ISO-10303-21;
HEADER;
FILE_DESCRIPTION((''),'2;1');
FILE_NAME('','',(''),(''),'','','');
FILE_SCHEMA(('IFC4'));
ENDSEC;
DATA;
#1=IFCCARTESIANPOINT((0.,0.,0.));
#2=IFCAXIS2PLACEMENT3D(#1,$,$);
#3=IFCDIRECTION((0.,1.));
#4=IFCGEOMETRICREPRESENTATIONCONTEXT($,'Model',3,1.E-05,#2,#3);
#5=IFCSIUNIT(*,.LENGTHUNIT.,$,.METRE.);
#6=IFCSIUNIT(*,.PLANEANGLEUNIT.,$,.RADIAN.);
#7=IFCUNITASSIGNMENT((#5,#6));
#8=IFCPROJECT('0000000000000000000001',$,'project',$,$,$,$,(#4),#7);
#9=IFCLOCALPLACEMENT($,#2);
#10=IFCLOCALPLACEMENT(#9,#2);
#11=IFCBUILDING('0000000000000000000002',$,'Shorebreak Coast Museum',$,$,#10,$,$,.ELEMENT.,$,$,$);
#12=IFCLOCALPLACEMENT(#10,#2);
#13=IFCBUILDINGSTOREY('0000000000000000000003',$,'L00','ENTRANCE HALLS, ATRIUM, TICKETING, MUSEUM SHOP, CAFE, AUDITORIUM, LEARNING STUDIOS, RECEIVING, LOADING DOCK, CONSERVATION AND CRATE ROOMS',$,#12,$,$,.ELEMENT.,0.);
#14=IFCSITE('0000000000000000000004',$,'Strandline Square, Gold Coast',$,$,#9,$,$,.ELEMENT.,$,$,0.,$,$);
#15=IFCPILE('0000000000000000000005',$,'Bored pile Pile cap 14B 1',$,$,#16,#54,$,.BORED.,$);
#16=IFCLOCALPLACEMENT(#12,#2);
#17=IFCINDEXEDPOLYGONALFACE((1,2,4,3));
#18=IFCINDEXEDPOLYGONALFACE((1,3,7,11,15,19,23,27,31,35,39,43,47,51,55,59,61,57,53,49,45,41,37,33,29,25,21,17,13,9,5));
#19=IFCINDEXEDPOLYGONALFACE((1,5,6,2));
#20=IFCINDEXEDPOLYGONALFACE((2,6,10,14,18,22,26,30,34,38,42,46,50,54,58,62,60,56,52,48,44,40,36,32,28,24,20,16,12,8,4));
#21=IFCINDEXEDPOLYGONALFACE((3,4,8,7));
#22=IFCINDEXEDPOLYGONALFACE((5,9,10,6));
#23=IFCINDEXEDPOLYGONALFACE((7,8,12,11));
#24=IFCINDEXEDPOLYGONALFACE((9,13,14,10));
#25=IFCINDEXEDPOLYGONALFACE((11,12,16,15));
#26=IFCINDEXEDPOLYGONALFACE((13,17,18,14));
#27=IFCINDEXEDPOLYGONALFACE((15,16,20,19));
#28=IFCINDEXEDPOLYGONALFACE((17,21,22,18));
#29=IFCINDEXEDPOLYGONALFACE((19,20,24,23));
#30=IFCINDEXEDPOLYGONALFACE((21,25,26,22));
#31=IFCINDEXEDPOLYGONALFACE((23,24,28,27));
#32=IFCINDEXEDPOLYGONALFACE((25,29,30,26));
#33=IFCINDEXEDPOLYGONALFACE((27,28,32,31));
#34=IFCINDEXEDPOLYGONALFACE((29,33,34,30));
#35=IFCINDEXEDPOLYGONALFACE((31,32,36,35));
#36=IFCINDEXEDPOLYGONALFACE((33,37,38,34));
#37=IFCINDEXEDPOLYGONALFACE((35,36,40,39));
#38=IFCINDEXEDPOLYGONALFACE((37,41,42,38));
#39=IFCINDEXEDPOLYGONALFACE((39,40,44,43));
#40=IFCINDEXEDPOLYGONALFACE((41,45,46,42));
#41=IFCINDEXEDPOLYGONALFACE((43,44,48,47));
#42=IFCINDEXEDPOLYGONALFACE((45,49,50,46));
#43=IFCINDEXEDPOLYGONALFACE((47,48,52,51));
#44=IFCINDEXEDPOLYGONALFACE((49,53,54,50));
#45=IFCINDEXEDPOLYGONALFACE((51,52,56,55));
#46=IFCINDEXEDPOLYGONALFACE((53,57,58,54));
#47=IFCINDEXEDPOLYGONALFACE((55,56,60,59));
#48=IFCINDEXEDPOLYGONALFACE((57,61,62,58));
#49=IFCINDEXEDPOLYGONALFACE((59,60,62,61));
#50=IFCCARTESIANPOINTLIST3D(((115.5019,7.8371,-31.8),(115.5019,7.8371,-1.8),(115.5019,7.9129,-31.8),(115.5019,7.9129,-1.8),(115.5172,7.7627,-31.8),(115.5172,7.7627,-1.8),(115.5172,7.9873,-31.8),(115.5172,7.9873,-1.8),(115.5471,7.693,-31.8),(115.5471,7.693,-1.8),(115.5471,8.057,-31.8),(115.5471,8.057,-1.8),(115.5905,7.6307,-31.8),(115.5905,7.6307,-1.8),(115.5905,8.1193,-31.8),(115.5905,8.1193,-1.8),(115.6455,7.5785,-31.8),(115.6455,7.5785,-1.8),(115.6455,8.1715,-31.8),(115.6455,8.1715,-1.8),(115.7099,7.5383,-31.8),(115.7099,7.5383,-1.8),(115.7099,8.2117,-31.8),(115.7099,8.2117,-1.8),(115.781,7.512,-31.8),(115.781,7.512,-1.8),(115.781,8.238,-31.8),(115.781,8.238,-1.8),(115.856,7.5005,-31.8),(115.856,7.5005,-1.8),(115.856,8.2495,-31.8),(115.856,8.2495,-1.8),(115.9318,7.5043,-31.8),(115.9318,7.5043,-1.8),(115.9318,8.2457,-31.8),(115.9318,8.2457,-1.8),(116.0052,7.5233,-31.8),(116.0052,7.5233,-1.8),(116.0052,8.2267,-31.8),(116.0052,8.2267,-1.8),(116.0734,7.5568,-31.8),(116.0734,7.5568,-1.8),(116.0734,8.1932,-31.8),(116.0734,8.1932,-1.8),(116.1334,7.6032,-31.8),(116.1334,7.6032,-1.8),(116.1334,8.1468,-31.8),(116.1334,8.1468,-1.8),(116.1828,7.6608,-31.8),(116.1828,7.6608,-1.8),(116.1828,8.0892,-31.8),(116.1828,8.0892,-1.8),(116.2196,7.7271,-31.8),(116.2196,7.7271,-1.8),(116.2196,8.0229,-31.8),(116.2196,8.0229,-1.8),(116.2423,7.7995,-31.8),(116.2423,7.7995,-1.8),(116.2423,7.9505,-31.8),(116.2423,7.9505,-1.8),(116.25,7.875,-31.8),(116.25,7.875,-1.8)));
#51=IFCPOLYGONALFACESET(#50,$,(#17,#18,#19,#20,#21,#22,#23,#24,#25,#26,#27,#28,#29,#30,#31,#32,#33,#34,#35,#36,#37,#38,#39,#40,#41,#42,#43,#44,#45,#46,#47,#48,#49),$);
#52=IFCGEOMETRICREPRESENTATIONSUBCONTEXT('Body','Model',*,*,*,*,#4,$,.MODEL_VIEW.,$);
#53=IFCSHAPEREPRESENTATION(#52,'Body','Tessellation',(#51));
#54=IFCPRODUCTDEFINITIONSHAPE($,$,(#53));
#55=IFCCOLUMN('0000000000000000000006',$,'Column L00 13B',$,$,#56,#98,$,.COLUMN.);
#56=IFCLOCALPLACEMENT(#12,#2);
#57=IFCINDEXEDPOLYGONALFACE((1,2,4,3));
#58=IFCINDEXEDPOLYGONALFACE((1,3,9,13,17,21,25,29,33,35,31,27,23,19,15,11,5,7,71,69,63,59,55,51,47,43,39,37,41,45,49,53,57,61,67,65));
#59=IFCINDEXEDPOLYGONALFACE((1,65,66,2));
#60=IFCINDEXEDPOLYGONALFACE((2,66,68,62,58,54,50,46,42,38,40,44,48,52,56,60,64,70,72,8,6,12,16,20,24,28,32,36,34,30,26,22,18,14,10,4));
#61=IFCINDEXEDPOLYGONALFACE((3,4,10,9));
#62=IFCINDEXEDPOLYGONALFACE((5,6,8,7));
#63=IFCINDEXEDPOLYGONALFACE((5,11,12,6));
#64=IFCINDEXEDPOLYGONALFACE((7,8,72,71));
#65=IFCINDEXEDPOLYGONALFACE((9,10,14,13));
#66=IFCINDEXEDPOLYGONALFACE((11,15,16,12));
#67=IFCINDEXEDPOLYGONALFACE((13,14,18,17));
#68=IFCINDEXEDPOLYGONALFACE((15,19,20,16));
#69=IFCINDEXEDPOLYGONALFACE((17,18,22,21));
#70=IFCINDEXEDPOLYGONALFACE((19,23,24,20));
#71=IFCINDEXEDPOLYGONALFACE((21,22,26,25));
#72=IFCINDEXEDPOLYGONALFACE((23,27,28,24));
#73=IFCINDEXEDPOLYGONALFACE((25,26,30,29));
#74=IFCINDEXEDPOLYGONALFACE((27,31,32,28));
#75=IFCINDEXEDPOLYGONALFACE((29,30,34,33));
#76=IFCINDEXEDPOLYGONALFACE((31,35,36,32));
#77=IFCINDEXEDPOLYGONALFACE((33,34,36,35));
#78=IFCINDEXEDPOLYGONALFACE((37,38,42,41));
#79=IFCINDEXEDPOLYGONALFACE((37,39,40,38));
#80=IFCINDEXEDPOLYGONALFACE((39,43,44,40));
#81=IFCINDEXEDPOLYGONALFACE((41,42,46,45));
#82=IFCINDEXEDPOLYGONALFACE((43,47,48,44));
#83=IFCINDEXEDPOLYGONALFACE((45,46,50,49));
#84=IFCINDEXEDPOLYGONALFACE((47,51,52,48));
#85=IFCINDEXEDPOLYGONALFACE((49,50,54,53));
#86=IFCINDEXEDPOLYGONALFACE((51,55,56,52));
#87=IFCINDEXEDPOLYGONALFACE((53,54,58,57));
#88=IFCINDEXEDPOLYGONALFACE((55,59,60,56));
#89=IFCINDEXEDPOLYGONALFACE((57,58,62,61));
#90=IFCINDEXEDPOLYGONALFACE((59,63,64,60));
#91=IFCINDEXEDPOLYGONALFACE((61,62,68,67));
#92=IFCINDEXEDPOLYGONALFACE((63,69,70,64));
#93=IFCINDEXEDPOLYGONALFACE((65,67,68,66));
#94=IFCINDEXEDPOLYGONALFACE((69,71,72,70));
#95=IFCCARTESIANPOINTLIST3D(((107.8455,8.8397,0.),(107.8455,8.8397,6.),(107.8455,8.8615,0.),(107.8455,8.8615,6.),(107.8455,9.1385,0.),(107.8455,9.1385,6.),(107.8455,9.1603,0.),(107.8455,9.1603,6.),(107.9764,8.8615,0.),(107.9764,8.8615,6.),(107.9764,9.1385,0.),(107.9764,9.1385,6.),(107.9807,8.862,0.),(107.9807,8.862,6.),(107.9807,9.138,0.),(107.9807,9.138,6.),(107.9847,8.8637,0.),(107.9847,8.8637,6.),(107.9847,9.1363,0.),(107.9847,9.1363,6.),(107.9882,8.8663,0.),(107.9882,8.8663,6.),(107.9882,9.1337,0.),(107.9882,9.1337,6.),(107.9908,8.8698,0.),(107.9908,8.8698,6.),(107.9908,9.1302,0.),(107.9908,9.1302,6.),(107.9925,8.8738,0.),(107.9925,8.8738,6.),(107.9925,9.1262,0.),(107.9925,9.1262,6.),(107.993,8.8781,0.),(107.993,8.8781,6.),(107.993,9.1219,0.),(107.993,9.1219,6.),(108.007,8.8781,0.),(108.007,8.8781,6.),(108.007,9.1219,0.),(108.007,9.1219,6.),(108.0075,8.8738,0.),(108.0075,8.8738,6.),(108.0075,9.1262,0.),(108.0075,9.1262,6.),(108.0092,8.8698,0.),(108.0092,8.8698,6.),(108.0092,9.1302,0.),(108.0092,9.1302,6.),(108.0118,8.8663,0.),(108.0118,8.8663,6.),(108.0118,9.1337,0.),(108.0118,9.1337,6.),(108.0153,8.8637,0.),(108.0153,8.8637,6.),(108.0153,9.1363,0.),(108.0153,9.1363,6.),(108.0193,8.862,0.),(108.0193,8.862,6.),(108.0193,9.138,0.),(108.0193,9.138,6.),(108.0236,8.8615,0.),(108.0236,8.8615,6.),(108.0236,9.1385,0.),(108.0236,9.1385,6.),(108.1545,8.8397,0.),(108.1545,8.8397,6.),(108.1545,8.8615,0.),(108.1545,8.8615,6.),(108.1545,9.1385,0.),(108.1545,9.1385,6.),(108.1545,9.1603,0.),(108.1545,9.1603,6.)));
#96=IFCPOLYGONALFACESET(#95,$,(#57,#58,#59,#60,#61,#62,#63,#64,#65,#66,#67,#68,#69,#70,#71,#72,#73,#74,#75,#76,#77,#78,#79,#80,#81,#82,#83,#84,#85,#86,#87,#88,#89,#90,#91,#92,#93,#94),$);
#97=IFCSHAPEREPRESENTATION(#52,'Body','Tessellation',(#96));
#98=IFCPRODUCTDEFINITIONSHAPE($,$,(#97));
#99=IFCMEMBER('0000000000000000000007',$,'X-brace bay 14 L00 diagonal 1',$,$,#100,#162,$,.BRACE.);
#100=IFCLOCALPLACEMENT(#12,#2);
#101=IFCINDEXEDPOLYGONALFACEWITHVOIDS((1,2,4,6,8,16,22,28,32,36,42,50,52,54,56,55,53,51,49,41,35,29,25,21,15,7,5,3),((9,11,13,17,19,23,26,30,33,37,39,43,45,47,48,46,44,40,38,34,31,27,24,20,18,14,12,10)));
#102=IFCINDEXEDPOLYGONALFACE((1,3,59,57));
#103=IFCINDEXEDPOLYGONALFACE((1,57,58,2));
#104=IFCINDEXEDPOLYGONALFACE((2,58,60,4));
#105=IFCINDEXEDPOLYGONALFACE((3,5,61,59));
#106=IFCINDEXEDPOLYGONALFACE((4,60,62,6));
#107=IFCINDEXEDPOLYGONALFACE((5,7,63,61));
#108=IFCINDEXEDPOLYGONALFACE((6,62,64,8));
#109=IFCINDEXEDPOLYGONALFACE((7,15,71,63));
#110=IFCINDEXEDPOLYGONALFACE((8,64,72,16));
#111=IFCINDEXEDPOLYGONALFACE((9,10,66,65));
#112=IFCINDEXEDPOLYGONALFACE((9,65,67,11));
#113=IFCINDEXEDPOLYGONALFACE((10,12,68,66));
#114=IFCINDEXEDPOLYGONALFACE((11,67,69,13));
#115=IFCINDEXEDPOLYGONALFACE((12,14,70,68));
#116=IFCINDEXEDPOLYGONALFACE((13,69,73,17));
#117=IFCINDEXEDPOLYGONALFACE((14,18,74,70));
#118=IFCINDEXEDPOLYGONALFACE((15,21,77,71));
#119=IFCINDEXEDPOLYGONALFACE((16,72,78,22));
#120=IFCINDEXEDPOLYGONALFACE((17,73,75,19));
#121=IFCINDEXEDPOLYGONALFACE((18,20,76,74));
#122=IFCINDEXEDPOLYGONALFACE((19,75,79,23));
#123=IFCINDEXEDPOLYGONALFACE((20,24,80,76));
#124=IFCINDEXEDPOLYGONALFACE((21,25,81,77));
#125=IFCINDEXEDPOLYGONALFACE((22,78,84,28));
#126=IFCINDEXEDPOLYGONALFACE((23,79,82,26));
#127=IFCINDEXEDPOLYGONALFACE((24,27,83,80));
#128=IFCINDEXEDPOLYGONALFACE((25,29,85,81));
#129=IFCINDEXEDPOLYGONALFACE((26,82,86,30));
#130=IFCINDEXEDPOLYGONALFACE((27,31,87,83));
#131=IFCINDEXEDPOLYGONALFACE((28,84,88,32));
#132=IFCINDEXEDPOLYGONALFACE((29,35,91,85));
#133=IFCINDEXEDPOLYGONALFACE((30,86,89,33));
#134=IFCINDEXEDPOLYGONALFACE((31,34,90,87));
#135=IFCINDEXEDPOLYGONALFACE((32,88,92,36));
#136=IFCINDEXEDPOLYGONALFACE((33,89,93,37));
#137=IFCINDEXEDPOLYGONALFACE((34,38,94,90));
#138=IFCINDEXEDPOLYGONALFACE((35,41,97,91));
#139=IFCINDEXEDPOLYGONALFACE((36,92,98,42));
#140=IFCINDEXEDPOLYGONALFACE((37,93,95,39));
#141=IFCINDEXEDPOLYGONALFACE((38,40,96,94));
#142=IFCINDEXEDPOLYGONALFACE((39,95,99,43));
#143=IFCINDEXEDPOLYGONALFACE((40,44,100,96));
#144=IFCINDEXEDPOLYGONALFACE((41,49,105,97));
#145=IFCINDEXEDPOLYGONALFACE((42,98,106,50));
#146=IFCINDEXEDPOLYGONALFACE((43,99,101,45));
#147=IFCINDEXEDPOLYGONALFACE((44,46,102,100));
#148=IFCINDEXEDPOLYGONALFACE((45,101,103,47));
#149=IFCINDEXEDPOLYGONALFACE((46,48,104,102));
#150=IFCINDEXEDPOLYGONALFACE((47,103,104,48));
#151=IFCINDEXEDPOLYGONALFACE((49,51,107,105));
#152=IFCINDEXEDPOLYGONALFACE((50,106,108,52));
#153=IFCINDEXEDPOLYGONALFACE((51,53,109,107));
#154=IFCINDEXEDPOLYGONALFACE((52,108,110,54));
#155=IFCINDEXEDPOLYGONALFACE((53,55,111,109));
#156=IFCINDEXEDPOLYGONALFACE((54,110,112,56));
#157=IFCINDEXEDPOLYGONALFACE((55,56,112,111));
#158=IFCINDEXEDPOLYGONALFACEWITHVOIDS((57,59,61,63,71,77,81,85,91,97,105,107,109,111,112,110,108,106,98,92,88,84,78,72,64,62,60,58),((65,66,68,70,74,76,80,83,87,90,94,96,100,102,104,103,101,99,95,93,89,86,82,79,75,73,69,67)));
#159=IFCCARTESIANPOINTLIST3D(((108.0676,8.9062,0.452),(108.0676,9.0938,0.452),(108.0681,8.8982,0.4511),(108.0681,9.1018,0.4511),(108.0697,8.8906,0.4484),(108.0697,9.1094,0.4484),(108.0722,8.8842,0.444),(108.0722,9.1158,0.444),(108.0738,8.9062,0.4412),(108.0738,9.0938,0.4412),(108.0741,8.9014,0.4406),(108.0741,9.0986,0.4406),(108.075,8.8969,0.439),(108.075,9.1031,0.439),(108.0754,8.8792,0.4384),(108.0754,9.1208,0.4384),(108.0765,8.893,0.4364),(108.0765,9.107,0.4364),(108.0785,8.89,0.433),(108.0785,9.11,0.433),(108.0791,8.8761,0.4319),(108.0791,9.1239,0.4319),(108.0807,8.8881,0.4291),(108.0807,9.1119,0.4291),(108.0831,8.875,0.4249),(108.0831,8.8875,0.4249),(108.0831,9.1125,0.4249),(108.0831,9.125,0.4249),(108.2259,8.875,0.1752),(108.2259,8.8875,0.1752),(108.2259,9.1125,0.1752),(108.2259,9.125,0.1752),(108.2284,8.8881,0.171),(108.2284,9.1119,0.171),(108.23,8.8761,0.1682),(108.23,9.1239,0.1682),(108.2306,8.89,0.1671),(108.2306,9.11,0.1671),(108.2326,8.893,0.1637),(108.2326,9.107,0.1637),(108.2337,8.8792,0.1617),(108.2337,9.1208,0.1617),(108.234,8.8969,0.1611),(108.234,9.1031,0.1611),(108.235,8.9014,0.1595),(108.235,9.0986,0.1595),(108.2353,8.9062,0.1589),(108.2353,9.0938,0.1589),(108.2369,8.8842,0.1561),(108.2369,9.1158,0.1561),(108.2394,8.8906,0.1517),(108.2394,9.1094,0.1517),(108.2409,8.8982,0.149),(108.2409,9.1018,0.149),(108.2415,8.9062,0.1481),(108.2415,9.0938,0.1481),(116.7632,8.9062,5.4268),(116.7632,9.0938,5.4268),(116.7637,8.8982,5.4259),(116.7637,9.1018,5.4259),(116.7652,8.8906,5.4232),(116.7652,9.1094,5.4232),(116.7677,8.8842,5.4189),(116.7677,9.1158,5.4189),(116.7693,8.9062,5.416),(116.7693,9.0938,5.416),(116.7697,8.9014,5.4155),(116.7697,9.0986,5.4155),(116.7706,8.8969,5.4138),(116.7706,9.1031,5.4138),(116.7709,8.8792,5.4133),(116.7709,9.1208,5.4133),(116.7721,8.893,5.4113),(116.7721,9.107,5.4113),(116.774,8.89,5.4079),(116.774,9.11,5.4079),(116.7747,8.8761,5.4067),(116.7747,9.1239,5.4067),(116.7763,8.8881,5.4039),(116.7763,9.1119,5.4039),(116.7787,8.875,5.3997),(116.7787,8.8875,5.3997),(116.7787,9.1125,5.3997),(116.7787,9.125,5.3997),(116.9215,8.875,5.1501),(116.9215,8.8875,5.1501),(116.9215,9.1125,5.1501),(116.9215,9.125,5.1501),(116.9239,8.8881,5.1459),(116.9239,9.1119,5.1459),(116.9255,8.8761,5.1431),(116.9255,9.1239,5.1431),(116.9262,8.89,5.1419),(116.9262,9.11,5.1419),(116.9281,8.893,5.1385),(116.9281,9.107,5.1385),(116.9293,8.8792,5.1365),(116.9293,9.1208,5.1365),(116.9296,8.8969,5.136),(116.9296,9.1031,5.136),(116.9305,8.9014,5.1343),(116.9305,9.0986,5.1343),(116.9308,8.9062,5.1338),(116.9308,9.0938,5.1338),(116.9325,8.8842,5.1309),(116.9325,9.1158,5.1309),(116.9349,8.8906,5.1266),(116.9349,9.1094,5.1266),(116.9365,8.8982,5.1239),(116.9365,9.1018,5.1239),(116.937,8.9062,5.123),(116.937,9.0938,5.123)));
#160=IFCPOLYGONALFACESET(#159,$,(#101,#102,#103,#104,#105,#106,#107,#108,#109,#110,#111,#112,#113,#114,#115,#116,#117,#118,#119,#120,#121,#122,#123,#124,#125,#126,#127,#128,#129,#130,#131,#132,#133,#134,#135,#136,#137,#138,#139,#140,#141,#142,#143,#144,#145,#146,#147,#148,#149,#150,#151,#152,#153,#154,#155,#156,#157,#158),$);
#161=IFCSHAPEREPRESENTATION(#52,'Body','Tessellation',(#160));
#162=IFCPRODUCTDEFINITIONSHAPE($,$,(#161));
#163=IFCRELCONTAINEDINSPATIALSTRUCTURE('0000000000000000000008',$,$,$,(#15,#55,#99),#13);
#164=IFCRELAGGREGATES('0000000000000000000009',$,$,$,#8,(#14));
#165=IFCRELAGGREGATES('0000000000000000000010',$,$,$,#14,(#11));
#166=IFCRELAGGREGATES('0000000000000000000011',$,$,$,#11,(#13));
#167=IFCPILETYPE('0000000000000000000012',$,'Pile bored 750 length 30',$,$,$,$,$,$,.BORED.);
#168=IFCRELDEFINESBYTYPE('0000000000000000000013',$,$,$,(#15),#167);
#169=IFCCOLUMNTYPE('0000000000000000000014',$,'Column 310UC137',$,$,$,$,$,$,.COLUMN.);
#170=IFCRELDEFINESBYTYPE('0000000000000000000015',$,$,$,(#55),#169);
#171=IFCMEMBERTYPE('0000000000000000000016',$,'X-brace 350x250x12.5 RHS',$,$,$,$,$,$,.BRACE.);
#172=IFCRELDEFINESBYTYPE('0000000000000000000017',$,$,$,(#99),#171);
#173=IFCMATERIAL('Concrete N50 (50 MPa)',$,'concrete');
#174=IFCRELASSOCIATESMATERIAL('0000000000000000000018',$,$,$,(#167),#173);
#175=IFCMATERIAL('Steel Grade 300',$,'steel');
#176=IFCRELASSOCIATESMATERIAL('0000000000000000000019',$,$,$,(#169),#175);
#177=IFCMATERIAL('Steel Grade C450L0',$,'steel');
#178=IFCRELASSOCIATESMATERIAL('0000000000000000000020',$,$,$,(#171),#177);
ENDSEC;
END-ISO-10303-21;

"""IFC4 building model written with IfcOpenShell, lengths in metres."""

from ifc_helpers import new_model, si_unit, direction, frame, origin, origin_2d, place, context, subcontext, project, spatial, hollow_rectangle, circle, i_section, extrude, material, material_profile, profile_set, type_object, element, save


model = new_model("IFC4")

# Units and contexts
model_context = context("Model", 3, precision=1e-05, world=origin(), true_north=direction((0.0, 1.0)))
body_context = subcontext(model_context, "Body", "Model", "MODEL_VIEW")
ifc_project = project(units=[si_unit("LENGTHUNIT", "METRE"), si_unit("PLANEANGLEUNIT", "RADIAN")], contexts=[model_context])

# Site, building, storey
site_placement = place(None, origin())
site = spatial("IfcSite", under=ifc_project, at=site_placement, Name="Strandline Square, Gold Coast", CompositionType="ELEMENT", RefElevation=0.0)
building_placement = place(site_placement, origin())
building = spatial("IfcBuilding", under=site, at=building_placement, Name="Shorebreak Coast Museum", CompositionType="ELEMENT")
storey_placement = place(building_placement, origin())
storey = spatial("IfcBuildingStorey", under=building, at=storey_placement, Name="L00", Description="ENTRANCE HALLS, ATRIUM, TICKETING, MUSEUM SHOP, CAFE, AUDITORIUM, LEARNING STUDIOS, RECEIVING, LOADING DOCK, CONSERVATION AND CRATE ROOMS", CompositionType="ELEMENT", Elevation=0.0)

# Pile
ifc_material_1 = material(Name="Concrete N50 (50 MPa)", Category="concrete")
ifc_material_profile_1 = material_profile(ifc_material_1, circle(Radius=0.375, at=origin_2d()), Name="Pile bored 750 length 30")
ifc_profile_set_1 = profile_set([ifc_material_profile_1], Name="Concrete N50 (50 MPa)")
pile_type_1 = type_object("IfcPileType", Name="Pile bored 750 length 30", PredefinedType="BORED", material=ifc_profile_set_1)
for number, where, z_axis, x_axis, name in (
    (1, (115.875, 7.875, -1.8), (0.0, 0.0, -1.0), (1.0, 0.0, 0.0), "Bored pile Pile cap 14B 1"),
):
    element("IfcPile", number, at=place(storey_placement, frame(where, z_axis=z_axis, x_axis=x_axis)), inside=storey, type_object=pile_type_1, Name=name, PredefinedType="BORED", context=body_context, shape_type="SweptSolid", body=[
        extrude(circle(Radius=0.375, at=origin_2d()), origin(), (0.0, 0.0, 1.0), 30.0),
    ])

# Column
ifc_material_2 = material(Name="Steel Grade 300", Category="steel")
ifc_material_profile_2 = material_profile(ifc_material_2, i_section(OverallWidth=0.3091, OverallDepth=0.3206, WebThickness=0.0139, FlangeThickness=0.0217, FilletRadius=0.0166, at=origin_2d()), Name="310UC137")
ifc_profile_set_2 = profile_set([ifc_material_profile_2], Name="Steel Grade 300")
column_type = type_object("IfcColumnType", Name="Column 310UC137", PredefinedType="COLUMN", material=ifc_profile_set_2)
column_placement = place(storey_placement, frame((108.0, 9.0, 0.0), z_axis=(0.0, 0.0, 1.0), x_axis=(1.0, 0.0, 0.0)))
element("IfcColumn", 2, at=column_placement, inside=storey, type_object=column_type, Name="Column L00 13B", PredefinedType="COLUMN", context=body_context, shape_type="SweptSolid", body=[
    extrude(i_section(OverallWidth=0.3091, OverallDepth=0.3206, WebThickness=0.0139, FlangeThickness=0.0217, FilletRadius=0.0166, at=origin_2d()), origin(), (0.0, 0.0, 1.0), 6.0),
])

# Member
ifc_material_3 = material(Name="Steel Grade C450L0", Category="steel")
ifc_material_profile_3 = material_profile(ifc_material_3, hollow_rectangle(XDim=0.25, YDim=0.3501, WallThickness=0.0125, InnerFilletRadius=0.0188, OuterFilletRadius=0.0312, at=origin_2d()), Name="350x250x12.5 RHS")
ifc_profile_set_3 = profile_set([ifc_material_profile_3], Name="Steel Grade C450L0")
member_type = type_object("IfcMemberType", Name="X-brace 350x250x12.5 RHS", PredefinedType="BRACE", material=ifc_profile_set_3)
for number, where, z_axis, x_axis, name in (
    (3, (108.1545, 9.0, 0.3), (0.867987, 0.0, 0.496588), (0.0, 1.0, 0.0), "X-brace bay 14 L00 diagonal 1"),
):
    element("IfcMember", number, at=place(storey_placement, frame(where, z_axis=z_axis, x_axis=x_axis)), inside=storey, type_object=member_type, Name=name, PredefinedType="BRACE", context=body_context, shape_type="SweptSolid", body=[
        extrude(hollow_rectangle(XDim=0.25, YDim=0.3501, WallThickness=0.0125, InnerFilletRadius=0.0188, OuterFilletRadius=0.0312, at=origin_2d()), origin(), (0.0, 0.0, 1.0), 10.0181),
    ])

save(model, "model.ifc")
